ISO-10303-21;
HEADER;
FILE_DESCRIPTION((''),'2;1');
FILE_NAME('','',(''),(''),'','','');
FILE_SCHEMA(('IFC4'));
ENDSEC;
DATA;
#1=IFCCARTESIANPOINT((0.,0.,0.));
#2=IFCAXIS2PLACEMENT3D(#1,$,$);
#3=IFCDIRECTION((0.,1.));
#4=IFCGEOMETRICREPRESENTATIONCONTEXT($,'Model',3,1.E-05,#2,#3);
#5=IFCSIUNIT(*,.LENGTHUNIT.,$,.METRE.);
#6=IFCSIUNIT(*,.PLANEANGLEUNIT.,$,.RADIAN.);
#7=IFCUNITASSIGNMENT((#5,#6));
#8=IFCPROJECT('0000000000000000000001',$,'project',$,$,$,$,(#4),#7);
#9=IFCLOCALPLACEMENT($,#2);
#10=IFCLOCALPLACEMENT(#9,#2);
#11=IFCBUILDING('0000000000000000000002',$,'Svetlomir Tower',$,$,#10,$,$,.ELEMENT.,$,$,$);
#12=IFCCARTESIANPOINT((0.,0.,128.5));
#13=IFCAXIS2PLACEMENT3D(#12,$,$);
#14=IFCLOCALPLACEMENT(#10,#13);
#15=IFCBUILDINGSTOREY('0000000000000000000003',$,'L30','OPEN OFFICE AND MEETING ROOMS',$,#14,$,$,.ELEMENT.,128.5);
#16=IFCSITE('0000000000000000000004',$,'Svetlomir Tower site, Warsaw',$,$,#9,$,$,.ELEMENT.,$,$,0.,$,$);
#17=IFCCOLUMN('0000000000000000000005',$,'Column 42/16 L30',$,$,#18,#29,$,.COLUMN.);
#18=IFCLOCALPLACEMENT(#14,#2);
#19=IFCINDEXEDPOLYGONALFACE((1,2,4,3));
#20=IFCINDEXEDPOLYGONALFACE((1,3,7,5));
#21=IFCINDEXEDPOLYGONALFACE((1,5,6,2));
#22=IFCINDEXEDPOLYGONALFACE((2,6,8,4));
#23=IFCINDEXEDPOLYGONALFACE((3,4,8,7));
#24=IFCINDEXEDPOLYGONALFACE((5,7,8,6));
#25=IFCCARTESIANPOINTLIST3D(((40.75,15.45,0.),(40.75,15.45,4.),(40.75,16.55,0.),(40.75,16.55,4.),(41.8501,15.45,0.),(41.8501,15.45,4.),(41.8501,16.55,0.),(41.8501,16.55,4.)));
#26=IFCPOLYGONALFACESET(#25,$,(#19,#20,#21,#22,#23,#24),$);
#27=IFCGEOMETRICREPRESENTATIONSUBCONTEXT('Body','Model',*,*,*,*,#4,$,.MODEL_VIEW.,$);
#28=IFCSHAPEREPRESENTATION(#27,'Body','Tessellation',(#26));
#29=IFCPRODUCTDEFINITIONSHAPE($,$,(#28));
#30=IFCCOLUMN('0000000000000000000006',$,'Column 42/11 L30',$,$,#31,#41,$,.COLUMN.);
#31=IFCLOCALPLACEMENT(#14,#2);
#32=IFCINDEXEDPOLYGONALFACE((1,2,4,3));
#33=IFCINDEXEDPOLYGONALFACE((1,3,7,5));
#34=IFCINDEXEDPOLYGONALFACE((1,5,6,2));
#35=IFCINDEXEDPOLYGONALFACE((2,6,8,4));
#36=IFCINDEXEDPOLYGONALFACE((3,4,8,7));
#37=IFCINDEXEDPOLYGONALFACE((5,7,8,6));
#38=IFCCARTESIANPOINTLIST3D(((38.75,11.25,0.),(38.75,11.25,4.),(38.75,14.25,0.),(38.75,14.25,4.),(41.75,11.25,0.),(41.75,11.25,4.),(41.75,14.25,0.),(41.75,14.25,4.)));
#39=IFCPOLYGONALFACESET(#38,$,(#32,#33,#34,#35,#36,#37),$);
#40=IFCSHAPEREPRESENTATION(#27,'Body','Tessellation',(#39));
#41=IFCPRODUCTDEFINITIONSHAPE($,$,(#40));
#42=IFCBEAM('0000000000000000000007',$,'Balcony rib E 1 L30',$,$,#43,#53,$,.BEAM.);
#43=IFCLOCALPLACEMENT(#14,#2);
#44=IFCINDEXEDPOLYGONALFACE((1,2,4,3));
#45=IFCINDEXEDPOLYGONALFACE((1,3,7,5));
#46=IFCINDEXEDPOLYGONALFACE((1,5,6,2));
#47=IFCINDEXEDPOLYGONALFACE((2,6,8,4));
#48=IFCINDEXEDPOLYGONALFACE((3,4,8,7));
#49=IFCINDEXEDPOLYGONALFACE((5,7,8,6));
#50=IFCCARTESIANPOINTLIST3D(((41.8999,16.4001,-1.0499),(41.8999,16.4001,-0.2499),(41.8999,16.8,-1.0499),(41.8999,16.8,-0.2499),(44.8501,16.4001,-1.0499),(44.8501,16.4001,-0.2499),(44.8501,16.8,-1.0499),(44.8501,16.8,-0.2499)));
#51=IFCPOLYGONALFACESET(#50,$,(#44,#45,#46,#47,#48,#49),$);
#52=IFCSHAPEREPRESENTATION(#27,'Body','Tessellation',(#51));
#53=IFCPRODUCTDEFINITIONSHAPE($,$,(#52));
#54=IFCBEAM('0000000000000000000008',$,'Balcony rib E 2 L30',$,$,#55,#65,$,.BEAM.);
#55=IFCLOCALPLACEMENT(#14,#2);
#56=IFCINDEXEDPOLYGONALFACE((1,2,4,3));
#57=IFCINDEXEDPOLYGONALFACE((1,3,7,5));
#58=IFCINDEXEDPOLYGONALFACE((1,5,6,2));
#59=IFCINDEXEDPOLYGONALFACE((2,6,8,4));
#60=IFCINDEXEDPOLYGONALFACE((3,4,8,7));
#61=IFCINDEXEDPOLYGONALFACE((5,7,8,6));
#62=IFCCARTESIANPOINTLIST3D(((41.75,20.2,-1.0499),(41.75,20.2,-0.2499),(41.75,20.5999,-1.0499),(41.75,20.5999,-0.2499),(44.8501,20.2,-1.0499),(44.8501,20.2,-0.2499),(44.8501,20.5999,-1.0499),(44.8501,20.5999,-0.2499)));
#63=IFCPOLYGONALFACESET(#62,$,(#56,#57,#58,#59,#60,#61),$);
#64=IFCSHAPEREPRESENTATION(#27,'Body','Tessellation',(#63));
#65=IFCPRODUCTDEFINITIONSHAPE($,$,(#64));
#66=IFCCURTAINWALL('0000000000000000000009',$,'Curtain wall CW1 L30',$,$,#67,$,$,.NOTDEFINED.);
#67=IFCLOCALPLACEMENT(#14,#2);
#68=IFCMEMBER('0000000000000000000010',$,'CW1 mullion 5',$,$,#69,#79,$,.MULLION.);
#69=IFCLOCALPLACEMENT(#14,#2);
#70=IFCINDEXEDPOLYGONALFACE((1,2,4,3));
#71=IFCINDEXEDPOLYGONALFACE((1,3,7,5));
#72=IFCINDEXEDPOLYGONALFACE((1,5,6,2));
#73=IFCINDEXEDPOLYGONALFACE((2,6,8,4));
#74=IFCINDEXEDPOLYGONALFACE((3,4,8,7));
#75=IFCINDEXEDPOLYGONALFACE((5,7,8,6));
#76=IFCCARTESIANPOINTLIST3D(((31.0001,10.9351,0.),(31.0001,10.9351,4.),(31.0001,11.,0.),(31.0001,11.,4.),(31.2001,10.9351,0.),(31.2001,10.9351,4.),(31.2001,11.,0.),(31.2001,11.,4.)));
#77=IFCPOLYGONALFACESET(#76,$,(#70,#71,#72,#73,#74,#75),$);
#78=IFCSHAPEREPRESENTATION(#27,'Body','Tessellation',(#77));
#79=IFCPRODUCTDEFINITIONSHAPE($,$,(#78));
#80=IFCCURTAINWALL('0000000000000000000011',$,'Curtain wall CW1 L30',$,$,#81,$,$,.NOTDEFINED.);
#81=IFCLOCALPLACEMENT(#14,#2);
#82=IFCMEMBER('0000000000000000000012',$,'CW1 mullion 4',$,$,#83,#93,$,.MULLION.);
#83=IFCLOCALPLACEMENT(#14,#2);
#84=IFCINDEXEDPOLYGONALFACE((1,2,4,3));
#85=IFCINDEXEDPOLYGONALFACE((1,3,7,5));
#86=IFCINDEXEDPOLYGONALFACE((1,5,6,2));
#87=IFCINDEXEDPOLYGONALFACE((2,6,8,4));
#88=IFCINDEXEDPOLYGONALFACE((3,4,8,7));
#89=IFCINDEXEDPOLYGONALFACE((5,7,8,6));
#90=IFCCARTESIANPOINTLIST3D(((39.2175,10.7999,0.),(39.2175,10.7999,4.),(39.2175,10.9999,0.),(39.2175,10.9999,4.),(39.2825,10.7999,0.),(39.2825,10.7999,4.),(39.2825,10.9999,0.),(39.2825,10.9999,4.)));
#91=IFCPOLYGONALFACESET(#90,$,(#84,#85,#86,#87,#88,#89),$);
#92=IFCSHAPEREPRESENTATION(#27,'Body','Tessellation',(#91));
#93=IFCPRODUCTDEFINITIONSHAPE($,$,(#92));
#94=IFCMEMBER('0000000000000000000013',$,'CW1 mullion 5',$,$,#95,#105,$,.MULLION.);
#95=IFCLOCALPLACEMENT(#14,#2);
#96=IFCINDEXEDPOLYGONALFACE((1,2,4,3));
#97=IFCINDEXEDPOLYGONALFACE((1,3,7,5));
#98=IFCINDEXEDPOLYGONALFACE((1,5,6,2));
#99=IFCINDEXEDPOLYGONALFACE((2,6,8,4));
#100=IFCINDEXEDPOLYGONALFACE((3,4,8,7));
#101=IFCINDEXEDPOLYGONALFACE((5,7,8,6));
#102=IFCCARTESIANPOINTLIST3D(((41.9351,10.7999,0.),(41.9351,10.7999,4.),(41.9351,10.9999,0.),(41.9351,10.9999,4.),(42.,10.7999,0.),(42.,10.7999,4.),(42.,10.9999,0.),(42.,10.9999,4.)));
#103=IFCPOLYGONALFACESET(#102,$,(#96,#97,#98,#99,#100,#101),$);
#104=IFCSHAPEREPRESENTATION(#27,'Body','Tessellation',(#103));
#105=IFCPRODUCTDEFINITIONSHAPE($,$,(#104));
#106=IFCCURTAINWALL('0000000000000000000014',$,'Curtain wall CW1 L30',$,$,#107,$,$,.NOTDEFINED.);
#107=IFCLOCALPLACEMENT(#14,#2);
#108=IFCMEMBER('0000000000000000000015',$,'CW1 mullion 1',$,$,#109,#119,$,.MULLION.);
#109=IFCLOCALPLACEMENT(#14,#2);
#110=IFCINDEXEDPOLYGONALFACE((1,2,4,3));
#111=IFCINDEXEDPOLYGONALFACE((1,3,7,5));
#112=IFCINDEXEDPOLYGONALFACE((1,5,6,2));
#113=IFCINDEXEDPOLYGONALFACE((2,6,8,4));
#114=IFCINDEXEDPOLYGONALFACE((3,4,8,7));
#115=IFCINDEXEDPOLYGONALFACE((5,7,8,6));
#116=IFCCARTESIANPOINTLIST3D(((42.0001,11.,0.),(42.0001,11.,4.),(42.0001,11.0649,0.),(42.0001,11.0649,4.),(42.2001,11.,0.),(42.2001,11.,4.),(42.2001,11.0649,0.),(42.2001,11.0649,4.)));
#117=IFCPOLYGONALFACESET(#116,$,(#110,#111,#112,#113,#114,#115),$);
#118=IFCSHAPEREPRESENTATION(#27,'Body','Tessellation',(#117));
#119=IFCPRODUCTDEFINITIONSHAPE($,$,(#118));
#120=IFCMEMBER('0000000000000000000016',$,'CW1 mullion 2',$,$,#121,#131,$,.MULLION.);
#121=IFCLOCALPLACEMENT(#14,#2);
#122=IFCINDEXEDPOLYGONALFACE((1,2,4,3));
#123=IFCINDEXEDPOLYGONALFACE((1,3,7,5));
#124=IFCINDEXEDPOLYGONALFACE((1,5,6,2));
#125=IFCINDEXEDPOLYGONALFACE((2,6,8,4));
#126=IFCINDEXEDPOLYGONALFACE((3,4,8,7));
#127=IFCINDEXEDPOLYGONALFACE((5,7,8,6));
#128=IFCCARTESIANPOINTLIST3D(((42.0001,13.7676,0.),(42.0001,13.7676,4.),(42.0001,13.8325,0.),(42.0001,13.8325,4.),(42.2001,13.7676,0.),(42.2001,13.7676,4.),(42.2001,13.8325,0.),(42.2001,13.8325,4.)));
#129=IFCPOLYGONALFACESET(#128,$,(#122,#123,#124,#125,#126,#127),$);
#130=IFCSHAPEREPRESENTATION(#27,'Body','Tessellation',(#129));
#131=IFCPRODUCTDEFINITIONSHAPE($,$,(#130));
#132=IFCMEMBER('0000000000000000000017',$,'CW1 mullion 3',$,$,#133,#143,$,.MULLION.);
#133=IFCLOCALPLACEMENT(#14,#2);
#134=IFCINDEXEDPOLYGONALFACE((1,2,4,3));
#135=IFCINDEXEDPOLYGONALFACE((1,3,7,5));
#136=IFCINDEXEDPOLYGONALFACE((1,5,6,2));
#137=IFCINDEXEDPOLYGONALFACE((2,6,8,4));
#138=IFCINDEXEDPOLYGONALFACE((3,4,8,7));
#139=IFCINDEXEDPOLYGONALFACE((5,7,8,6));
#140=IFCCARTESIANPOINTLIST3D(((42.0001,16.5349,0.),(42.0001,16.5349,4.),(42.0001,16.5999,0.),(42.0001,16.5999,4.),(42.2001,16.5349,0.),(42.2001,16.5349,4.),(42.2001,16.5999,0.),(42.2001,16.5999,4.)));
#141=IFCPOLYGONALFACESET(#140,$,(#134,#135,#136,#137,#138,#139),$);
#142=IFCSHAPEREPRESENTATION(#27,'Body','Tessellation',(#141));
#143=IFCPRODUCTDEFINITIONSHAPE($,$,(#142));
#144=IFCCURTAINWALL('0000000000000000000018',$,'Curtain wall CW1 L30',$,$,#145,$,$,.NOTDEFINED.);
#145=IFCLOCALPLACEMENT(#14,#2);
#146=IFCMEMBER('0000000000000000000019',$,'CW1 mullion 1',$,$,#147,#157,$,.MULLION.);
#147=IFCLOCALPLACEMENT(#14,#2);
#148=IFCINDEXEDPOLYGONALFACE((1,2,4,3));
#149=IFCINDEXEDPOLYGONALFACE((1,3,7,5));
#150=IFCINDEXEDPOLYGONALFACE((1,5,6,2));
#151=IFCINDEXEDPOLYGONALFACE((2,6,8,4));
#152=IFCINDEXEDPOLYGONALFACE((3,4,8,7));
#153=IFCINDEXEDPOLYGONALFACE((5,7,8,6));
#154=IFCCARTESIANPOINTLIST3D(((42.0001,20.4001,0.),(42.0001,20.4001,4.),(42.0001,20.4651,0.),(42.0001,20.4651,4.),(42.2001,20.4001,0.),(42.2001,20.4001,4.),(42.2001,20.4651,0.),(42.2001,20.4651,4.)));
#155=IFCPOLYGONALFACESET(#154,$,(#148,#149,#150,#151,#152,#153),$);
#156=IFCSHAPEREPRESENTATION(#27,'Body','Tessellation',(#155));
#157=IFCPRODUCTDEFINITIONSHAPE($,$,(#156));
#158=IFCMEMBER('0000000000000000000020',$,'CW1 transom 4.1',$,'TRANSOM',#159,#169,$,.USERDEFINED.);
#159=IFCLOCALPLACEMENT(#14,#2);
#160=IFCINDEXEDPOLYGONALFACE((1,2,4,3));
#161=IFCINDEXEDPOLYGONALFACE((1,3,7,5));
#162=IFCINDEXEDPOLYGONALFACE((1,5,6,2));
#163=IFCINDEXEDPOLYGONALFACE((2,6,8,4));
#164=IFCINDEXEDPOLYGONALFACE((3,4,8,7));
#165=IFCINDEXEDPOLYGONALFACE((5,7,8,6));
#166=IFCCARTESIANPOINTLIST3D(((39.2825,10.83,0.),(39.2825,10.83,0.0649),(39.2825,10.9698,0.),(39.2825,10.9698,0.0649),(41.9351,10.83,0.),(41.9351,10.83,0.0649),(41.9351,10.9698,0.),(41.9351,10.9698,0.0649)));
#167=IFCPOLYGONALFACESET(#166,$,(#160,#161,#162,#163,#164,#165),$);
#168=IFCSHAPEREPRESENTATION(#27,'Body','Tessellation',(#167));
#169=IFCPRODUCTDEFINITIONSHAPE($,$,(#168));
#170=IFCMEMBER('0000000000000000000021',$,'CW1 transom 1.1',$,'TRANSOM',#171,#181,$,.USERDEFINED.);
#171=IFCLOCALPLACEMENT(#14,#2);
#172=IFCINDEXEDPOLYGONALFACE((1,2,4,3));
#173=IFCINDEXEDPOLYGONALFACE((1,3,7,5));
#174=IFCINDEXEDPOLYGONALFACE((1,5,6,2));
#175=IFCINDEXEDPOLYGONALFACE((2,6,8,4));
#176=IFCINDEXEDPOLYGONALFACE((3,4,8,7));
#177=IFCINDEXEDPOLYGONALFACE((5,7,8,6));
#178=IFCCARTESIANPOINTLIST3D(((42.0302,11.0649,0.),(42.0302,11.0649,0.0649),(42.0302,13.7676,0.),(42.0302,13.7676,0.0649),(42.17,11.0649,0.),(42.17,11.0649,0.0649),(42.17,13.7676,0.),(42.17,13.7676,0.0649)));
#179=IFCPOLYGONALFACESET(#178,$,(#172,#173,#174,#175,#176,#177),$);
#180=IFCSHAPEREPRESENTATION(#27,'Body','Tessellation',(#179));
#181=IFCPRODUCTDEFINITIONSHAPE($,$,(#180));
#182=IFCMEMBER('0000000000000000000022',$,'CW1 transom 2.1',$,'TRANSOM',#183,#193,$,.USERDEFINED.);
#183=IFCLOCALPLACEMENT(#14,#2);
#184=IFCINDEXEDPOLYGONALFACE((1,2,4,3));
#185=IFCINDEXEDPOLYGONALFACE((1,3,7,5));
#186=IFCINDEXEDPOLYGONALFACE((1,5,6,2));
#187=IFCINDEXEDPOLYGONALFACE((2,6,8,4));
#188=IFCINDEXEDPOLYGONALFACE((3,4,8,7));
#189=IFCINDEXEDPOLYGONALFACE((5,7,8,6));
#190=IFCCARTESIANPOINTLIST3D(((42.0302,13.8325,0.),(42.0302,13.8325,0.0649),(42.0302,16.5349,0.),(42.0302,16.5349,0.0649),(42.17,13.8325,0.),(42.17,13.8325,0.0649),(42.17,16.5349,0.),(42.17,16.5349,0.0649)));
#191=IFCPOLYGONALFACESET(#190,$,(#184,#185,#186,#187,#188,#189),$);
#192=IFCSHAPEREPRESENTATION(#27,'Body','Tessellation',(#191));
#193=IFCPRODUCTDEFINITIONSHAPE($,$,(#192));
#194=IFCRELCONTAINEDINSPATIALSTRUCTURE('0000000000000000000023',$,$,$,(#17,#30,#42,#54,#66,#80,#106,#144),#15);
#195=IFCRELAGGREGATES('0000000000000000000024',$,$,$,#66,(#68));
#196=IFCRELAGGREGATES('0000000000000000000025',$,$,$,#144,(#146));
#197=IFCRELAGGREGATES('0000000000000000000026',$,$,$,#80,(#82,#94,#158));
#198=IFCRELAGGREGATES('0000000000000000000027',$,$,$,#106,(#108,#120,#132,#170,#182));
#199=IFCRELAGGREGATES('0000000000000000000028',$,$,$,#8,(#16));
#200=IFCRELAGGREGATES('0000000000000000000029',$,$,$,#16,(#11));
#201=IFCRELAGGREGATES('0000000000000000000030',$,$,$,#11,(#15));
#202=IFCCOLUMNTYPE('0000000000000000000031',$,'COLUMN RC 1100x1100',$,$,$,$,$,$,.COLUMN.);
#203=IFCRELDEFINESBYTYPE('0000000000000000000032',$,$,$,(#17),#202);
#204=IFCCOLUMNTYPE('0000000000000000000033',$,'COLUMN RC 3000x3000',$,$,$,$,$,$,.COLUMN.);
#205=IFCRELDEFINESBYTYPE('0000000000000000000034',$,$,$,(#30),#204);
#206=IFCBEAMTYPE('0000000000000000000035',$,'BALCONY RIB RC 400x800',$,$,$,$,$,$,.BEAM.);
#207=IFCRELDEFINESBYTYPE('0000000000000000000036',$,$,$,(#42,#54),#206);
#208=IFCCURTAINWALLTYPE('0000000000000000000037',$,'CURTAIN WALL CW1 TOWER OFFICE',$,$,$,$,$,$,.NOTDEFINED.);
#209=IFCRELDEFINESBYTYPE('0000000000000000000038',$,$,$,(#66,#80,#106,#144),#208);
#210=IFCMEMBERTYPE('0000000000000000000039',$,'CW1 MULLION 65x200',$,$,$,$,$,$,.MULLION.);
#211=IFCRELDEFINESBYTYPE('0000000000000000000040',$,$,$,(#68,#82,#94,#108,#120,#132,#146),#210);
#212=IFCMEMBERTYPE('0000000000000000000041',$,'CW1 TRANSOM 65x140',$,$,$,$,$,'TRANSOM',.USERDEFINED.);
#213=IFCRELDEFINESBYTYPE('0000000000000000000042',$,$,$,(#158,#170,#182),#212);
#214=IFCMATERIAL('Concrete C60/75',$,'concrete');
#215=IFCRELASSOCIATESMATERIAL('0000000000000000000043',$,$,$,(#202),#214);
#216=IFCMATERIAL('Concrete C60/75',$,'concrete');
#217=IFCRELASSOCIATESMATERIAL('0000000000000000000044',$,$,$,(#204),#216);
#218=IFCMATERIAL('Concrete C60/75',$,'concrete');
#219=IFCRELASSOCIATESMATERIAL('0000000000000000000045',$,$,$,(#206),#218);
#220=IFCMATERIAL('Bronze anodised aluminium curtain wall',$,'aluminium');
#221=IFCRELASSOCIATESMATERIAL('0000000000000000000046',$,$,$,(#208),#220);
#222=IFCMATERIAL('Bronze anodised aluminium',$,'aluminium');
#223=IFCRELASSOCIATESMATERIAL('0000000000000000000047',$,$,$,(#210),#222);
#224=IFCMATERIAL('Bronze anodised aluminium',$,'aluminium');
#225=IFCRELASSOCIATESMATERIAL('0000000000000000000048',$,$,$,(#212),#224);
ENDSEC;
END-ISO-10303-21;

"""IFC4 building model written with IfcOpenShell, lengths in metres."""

from ifc_helpers import new_model, si_unit, direction, frame, origin, origin_2d, place, context, subcontext, project, spatial, rectangle, extrude, material, material_profile, profile_set, type_object, element, aggregate, save


model = new_model("IFC4")

# Units and contexts
model_context = context("Model", 3, precision=1e-05, world=origin(), true_north=direction((0.0, 1.0)))
body_context = subcontext(model_context, "Body", "Model", "MODEL_VIEW")
ifc_project = project(units=[si_unit("LENGTHUNIT", "METRE"), si_unit("PLANEANGLEUNIT", "RADIAN")], contexts=[model_context])

# Site, building, storey
site_placement = place(None, origin())
site = spatial("IfcSite", under=ifc_project, at=site_placement, Name="Svetlomir Tower site, Warsaw", CompositionType="ELEMENT", RefElevation=0.0)
building_placement = place(site_placement, origin())
building = spatial("IfcBuilding", under=site, at=building_placement, Name="Svetlomir Tower", CompositionType="ELEMENT")
storey_placement = place(building_placement, frame((0.0, 0.0, 128.5)))
storey = spatial("IfcBuildingStorey", under=building, at=storey_placement, Name="L30", Description="OPEN OFFICE AND MEETING ROOMS", CompositionType="ELEMENT", Elevation=128.5)

# Columns
ifc_material_1 = material(Name="Concrete C60/75", Category="concrete")
ifc_material_profile_1 = material_profile(ifc_material_1, rectangle(XDim=1.1001, YDim=1.1001, at=origin_2d()), Name="RC 1100x1100")
ifc_profile_set_1 = profile_set([ifc_material_profile_1], Name="Concrete C60/75")
column_type_1 = type_object("IfcColumnType", Name="COLUMN RC 1100x1100", PredefinedType="COLUMN", material=ifc_profile_set_1)
column_1_placement = place(storey_placement, frame((41.3, 16.0, 0.0), z_axis=(0.0, 0.0, 1.0), x_axis=(1.0, 0.0, 0.0)))
element("IfcColumn", 1, at=column_1_placement, inside=storey, type_object=column_type_1, Name="Column 42/16 L30", PredefinedType="COLUMN", context=body_context, shape_type="SweptSolid", body=[
    extrude(rectangle(XDim=1.1001, YDim=1.1001, at=origin_2d()), origin(), (0.0, 0.0, 1.0), 4.0),
])
ifc_material_2 = material(Name="Concrete C60/75", Category="concrete")
ifc_material_profile_2 = material_profile(ifc_material_2, rectangle(XDim=3.0, YDim=3.0, at=origin_2d()), Name="RC 3000x3000")
ifc_profile_set_2 = profile_set([ifc_material_profile_2], Name="Concrete C60/75")
column_type_2 = type_object("IfcColumnType", Name="COLUMN RC 3000x3000", PredefinedType="COLUMN", material=ifc_profile_set_2)
column_2_placement = place(storey_placement, frame((40.25, 12.75, 0.0), z_axis=(0.0, 0.0, 1.0), x_axis=(1.0, 0.0, 0.0)))
element("IfcColumn", 2, at=column_2_placement, inside=storey, type_object=column_type_2, Name="Column 42/11 L30", PredefinedType="COLUMN", context=body_context, shape_type="SweptSolid", body=[
    extrude(rectangle(XDim=3.0, YDim=3.0, at=origin_2d()), origin(), (0.0, 0.0, 1.0), 4.0),
])

# Beams
ifc_material_3 = material(Name="Concrete C60/75", Category="concrete")
ifc_material_profile_3 = material_profile(ifc_material_3, rectangle(XDim=0.3999, YDim=0.8, at=origin_2d()), Name="RC 400x800")
ifc_profile_set_3 = profile_set([ifc_material_profile_3], Name="Concrete C60/75")
beam_type_1 = type_object("IfcBeamType", Name="BALCONY RIB RC 400x800", PredefinedType="BEAM", material=ifc_profile_set_3)
beam_1_placement = place(storey_placement, frame((41.8999, 16.6001, -0.6499), z_axis=(1.0, 0.0, 0.0), x_axis=(0.0, 1.0, 0.0)))
element("IfcBeam", 3, at=beam_1_placement, inside=storey, type_object=beam_type_1, Name="Balcony rib E 1 L30", PredefinedType="BEAM", context=body_context, shape_type="SweptSolid", body=[
    extrude(rectangle(XDim=0.3999, YDim=0.8, at=origin_2d()), origin(), (0.0, 0.0, 1.0), 2.9502),
])
beam_2_placement = place(storey_placement, frame((41.75, 20.3999, -0.6499), z_axis=(1.0, 0.0, 0.0), x_axis=(0.0, 1.0, 0.0)))
element("IfcBeam", 4, at=beam_2_placement, inside=storey, type_object=beam_type_1, Name="Balcony rib E 2 L30", PredefinedType="BEAM", context=body_context, shape_type="SweptSolid", body=[
    extrude(rectangle(XDim=0.3999, YDim=0.8, at=origin_2d()), origin(), (0.0, 0.0, 1.0), 3.1001),
])

# Curtain wall, member
ifc_material_4 = material(Name="Bronze anodised aluminium curtain wall", Category="aluminium")
curtain_wall_type = type_object("IfcCurtainWallType", Name="CURTAIN WALL CW1 TOWER OFFICE", PredefinedType="NOTDEFINED", material=ifc_material_4)
curtain_wall_1_placement = place(storey_placement, origin())
curtain_wall_1 = element("IfcCurtainWall", 5, at=curtain_wall_1_placement, inside=storey, type_object=curtain_wall_type, Name="Curtain wall CW1 L30", PredefinedType="NOTDEFINED")
ifc_material_5 = material(Name="Bronze anodised aluminium", Category="aluminium")
ifc_material_profile_4 = material_profile(ifc_material_5, rectangle(XDim=0.0649, YDim=0.2, at=origin_2d()), Name="AL 65x200")
ifc_profile_set_4 = profile_set([ifc_material_profile_4], Name="Bronze anodised aluminium 6063-T6")
member_type_1 = type_object("IfcMemberType", Name="CW1 MULLION 65x200", PredefinedType="MULLION", material=ifc_profile_set_4)
member_1_placement = place(storey_placement, frame((31.1001, 10.9675, 0.0), z_axis=(0.0, 0.0, 1.0), x_axis=(0.0, 1.0, 0.0)))
member_1 = element("IfcMember", 6, at=member_1_placement, type_object=member_type_1, Name="CW1 mullion 5", PredefinedType="MULLION", context=body_context, shape_type="SweptSolid", body=[
    extrude(rectangle(XDim=0.0649, YDim=0.2, at=origin_2d()), origin(), (0.0, 0.0, 1.0), 4.0),
])
aggregate(curtain_wall_1, [member_1])

# Curtain walls, members
curtain_wall_2_placement = place(storey_placement, origin())
curtain_wall_2 = element("IfcCurtainWall", 7, at=curtain_wall_2_placement, inside=storey, type_object=curtain_wall_type, Name="Curtain wall CW1 L30", PredefinedType="NOTDEFINED")
member_2_placement = place(storey_placement, frame((39.25, 10.8999, 0.0), z_axis=(0.0, 0.0, 1.0), x_axis=(1.0, 0.0, 0.0)))
member_2 = element("IfcMember", 8, at=member_2_placement, type_object=member_type_1, Name="CW1 mullion 4", PredefinedType="MULLION", context=body_context, shape_type="SweptSolid", body=[
    extrude(rectangle(XDim=0.0649, YDim=0.2, at=origin_2d()), origin(), (0.0, 0.0, 1.0), 4.0),
])
member_3_placement = place(storey_placement, frame((41.9675, 10.8999, 0.0), z_axis=(0.0, 0.0, 1.0), x_axis=(1.0, 0.0, 0.0)))
member_3 = element("IfcMember", 9, at=member_3_placement, type_object=member_type_1, Name="CW1 mullion 5", PredefinedType="MULLION", context=body_context, shape_type="SweptSolid", body=[
    extrude(rectangle(XDim=0.0649, YDim=0.2, at=origin_2d()), origin(), (0.0, 0.0, 1.0), 4.0),
])
curtain_wall_3_placement = place(storey_placement, origin())
curtain_wall_3 = element("IfcCurtainWall", 10, at=curtain_wall_3_placement, inside=storey, type_object=curtain_wall_type, Name="Curtain wall CW1 L30", PredefinedType="NOTDEFINED")
member_4_placement = place(storey_placement, frame((42.1001, 11.0325, 0.0), z_axis=(0.0, 0.0, 1.0), x_axis=(0.0, 1.0, 0.0)))
member_4 = element("IfcMember", 11, at=member_4_placement, type_object=member_type_1, Name="CW1 mullion 1", PredefinedType="MULLION", context=body_context, shape_type="SweptSolid", body=[
    extrude(rectangle(XDim=0.0649, YDim=0.2, at=origin_2d()), origin(), (0.0, 0.0, 1.0), 4.0),
])
member_5_placement = place(storey_placement, frame((42.1001, 13.8, 0.0), z_axis=(0.0, 0.0, 1.0), x_axis=(0.0, 1.0, 0.0)))
member_5 = element("IfcMember", 12, at=member_5_placement, type_object=member_type_1, Name="CW1 mullion 2", PredefinedType="MULLION", context=body_context, shape_type="SweptSolid", body=[
    extrude(rectangle(XDim=0.0649, YDim=0.2, at=origin_2d()), origin(), (0.0, 0.0, 1.0), 4.0),
])
member_6_placement = place(storey_placement, frame((42.1001, 16.5674, 0.0), z_axis=(0.0, 0.0, 1.0), x_axis=(0.0, 1.0, 0.0)))
member_6 = element("IfcMember", 13, at=member_6_placement, type_object=member_type_1, Name="CW1 mullion 3", PredefinedType="MULLION", context=body_context, shape_type="SweptSolid", body=[
    extrude(rectangle(XDim=0.0649, YDim=0.2, at=origin_2d()), origin(), (0.0, 0.0, 1.0), 4.0),
])

# Curtain wall, member
curtain_wall_4_placement = place(storey_placement, origin())
curtain_wall_4 = element("IfcCurtainWall", 14, at=curtain_wall_4_placement, inside=storey, type_object=curtain_wall_type, Name="Curtain wall CW1 L30", PredefinedType="NOTDEFINED")
member_7_placement = place(storey_placement, frame((42.1001, 20.4326, 0.0), z_axis=(0.0, 0.0, 1.0), x_axis=(0.0, 1.0, 0.0)))
member_7 = element("IfcMember", 15, at=member_7_placement, type_object=member_type_1, Name="CW1 mullion 1", PredefinedType="MULLION", context=body_context, shape_type="SweptSolid", body=[
    extrude(rectangle(XDim=0.0649, YDim=0.2, at=origin_2d()), origin(), (0.0, 0.0, 1.0), 4.0),
])
aggregate(curtain_wall_4, [member_7])

# Members
ifc_material_6 = material(Name="Bronze anodised aluminium", Category="aluminium")
ifc_material_profile_5 = material_profile(ifc_material_6, rectangle(XDim=0.1399, YDim=0.0649, at=origin_2d()), Name="AL 140x65")
ifc_profile_set_5 = profile_set([ifc_material_profile_5], Name="Bronze anodised aluminium 6063-T6")
member_type_2 = type_object("IfcMemberType", Name="CW1 TRANSOM 65x140", ElementType="TRANSOM", PredefinedType="USERDEFINED", material=ifc_profile_set_5)
member_8_placement = place(storey_placement, frame((39.2825, 10.8999, 0.0325), z_axis=(1.0, 0.0, 0.0), x_axis=(0.0, 1.0, 0.0)))
member_8 = element("IfcMember", 16, at=member_8_placement, type_object=member_type_2, Name="CW1 transom 4.1", ObjectType="TRANSOM", PredefinedType="USERDEFINED", context=body_context, shape_type="SweptSolid", body=[
    extrude(rectangle(XDim=0.1399, YDim=0.0649, at=origin_2d()), origin(), (0.0, 0.0, 1.0), 2.6526),
])
member_9_placement = place(storey_placement, frame((42.1001, 11.0649, 0.0325), z_axis=(0.0, 1.0, 0.0), x_axis=(-1.0, 0.0, 0.0)))
member_9 = element("IfcMember", 17, at=member_9_placement, type_object=member_type_2, Name="CW1 transom 1.1", ObjectType="TRANSOM", PredefinedType="USERDEFINED", context=body_context, shape_type="SweptSolid", body=[
    extrude(rectangle(XDim=0.1399, YDim=0.0649, at=origin_2d()), origin(), (0.0, 0.0, 1.0), 2.7026),
])
member_10_placement = place(storey_placement, frame((42.1001, 13.8325, 0.0325), z_axis=(0.0, 1.0, 0.0), x_axis=(-1.0, 0.0, 0.0)))
member_10 = element("IfcMember", 18, at=member_10_placement, type_object=member_type_2, Name="CW1 transom 2.1", ObjectType="TRANSOM", PredefinedType="USERDEFINED", context=body_context, shape_type="SweptSolid", body=[
    extrude(rectangle(XDim=0.1399, YDim=0.0649, at=origin_2d()), origin(), (0.0, 0.0, 1.0), 2.7024),
])

aggregate(curtain_wall_2, [member_2, member_3, member_8])
aggregate(curtain_wall_3, [member_4, member_5, member_6, member_9, member_10])

save(model, "model.ifc")
